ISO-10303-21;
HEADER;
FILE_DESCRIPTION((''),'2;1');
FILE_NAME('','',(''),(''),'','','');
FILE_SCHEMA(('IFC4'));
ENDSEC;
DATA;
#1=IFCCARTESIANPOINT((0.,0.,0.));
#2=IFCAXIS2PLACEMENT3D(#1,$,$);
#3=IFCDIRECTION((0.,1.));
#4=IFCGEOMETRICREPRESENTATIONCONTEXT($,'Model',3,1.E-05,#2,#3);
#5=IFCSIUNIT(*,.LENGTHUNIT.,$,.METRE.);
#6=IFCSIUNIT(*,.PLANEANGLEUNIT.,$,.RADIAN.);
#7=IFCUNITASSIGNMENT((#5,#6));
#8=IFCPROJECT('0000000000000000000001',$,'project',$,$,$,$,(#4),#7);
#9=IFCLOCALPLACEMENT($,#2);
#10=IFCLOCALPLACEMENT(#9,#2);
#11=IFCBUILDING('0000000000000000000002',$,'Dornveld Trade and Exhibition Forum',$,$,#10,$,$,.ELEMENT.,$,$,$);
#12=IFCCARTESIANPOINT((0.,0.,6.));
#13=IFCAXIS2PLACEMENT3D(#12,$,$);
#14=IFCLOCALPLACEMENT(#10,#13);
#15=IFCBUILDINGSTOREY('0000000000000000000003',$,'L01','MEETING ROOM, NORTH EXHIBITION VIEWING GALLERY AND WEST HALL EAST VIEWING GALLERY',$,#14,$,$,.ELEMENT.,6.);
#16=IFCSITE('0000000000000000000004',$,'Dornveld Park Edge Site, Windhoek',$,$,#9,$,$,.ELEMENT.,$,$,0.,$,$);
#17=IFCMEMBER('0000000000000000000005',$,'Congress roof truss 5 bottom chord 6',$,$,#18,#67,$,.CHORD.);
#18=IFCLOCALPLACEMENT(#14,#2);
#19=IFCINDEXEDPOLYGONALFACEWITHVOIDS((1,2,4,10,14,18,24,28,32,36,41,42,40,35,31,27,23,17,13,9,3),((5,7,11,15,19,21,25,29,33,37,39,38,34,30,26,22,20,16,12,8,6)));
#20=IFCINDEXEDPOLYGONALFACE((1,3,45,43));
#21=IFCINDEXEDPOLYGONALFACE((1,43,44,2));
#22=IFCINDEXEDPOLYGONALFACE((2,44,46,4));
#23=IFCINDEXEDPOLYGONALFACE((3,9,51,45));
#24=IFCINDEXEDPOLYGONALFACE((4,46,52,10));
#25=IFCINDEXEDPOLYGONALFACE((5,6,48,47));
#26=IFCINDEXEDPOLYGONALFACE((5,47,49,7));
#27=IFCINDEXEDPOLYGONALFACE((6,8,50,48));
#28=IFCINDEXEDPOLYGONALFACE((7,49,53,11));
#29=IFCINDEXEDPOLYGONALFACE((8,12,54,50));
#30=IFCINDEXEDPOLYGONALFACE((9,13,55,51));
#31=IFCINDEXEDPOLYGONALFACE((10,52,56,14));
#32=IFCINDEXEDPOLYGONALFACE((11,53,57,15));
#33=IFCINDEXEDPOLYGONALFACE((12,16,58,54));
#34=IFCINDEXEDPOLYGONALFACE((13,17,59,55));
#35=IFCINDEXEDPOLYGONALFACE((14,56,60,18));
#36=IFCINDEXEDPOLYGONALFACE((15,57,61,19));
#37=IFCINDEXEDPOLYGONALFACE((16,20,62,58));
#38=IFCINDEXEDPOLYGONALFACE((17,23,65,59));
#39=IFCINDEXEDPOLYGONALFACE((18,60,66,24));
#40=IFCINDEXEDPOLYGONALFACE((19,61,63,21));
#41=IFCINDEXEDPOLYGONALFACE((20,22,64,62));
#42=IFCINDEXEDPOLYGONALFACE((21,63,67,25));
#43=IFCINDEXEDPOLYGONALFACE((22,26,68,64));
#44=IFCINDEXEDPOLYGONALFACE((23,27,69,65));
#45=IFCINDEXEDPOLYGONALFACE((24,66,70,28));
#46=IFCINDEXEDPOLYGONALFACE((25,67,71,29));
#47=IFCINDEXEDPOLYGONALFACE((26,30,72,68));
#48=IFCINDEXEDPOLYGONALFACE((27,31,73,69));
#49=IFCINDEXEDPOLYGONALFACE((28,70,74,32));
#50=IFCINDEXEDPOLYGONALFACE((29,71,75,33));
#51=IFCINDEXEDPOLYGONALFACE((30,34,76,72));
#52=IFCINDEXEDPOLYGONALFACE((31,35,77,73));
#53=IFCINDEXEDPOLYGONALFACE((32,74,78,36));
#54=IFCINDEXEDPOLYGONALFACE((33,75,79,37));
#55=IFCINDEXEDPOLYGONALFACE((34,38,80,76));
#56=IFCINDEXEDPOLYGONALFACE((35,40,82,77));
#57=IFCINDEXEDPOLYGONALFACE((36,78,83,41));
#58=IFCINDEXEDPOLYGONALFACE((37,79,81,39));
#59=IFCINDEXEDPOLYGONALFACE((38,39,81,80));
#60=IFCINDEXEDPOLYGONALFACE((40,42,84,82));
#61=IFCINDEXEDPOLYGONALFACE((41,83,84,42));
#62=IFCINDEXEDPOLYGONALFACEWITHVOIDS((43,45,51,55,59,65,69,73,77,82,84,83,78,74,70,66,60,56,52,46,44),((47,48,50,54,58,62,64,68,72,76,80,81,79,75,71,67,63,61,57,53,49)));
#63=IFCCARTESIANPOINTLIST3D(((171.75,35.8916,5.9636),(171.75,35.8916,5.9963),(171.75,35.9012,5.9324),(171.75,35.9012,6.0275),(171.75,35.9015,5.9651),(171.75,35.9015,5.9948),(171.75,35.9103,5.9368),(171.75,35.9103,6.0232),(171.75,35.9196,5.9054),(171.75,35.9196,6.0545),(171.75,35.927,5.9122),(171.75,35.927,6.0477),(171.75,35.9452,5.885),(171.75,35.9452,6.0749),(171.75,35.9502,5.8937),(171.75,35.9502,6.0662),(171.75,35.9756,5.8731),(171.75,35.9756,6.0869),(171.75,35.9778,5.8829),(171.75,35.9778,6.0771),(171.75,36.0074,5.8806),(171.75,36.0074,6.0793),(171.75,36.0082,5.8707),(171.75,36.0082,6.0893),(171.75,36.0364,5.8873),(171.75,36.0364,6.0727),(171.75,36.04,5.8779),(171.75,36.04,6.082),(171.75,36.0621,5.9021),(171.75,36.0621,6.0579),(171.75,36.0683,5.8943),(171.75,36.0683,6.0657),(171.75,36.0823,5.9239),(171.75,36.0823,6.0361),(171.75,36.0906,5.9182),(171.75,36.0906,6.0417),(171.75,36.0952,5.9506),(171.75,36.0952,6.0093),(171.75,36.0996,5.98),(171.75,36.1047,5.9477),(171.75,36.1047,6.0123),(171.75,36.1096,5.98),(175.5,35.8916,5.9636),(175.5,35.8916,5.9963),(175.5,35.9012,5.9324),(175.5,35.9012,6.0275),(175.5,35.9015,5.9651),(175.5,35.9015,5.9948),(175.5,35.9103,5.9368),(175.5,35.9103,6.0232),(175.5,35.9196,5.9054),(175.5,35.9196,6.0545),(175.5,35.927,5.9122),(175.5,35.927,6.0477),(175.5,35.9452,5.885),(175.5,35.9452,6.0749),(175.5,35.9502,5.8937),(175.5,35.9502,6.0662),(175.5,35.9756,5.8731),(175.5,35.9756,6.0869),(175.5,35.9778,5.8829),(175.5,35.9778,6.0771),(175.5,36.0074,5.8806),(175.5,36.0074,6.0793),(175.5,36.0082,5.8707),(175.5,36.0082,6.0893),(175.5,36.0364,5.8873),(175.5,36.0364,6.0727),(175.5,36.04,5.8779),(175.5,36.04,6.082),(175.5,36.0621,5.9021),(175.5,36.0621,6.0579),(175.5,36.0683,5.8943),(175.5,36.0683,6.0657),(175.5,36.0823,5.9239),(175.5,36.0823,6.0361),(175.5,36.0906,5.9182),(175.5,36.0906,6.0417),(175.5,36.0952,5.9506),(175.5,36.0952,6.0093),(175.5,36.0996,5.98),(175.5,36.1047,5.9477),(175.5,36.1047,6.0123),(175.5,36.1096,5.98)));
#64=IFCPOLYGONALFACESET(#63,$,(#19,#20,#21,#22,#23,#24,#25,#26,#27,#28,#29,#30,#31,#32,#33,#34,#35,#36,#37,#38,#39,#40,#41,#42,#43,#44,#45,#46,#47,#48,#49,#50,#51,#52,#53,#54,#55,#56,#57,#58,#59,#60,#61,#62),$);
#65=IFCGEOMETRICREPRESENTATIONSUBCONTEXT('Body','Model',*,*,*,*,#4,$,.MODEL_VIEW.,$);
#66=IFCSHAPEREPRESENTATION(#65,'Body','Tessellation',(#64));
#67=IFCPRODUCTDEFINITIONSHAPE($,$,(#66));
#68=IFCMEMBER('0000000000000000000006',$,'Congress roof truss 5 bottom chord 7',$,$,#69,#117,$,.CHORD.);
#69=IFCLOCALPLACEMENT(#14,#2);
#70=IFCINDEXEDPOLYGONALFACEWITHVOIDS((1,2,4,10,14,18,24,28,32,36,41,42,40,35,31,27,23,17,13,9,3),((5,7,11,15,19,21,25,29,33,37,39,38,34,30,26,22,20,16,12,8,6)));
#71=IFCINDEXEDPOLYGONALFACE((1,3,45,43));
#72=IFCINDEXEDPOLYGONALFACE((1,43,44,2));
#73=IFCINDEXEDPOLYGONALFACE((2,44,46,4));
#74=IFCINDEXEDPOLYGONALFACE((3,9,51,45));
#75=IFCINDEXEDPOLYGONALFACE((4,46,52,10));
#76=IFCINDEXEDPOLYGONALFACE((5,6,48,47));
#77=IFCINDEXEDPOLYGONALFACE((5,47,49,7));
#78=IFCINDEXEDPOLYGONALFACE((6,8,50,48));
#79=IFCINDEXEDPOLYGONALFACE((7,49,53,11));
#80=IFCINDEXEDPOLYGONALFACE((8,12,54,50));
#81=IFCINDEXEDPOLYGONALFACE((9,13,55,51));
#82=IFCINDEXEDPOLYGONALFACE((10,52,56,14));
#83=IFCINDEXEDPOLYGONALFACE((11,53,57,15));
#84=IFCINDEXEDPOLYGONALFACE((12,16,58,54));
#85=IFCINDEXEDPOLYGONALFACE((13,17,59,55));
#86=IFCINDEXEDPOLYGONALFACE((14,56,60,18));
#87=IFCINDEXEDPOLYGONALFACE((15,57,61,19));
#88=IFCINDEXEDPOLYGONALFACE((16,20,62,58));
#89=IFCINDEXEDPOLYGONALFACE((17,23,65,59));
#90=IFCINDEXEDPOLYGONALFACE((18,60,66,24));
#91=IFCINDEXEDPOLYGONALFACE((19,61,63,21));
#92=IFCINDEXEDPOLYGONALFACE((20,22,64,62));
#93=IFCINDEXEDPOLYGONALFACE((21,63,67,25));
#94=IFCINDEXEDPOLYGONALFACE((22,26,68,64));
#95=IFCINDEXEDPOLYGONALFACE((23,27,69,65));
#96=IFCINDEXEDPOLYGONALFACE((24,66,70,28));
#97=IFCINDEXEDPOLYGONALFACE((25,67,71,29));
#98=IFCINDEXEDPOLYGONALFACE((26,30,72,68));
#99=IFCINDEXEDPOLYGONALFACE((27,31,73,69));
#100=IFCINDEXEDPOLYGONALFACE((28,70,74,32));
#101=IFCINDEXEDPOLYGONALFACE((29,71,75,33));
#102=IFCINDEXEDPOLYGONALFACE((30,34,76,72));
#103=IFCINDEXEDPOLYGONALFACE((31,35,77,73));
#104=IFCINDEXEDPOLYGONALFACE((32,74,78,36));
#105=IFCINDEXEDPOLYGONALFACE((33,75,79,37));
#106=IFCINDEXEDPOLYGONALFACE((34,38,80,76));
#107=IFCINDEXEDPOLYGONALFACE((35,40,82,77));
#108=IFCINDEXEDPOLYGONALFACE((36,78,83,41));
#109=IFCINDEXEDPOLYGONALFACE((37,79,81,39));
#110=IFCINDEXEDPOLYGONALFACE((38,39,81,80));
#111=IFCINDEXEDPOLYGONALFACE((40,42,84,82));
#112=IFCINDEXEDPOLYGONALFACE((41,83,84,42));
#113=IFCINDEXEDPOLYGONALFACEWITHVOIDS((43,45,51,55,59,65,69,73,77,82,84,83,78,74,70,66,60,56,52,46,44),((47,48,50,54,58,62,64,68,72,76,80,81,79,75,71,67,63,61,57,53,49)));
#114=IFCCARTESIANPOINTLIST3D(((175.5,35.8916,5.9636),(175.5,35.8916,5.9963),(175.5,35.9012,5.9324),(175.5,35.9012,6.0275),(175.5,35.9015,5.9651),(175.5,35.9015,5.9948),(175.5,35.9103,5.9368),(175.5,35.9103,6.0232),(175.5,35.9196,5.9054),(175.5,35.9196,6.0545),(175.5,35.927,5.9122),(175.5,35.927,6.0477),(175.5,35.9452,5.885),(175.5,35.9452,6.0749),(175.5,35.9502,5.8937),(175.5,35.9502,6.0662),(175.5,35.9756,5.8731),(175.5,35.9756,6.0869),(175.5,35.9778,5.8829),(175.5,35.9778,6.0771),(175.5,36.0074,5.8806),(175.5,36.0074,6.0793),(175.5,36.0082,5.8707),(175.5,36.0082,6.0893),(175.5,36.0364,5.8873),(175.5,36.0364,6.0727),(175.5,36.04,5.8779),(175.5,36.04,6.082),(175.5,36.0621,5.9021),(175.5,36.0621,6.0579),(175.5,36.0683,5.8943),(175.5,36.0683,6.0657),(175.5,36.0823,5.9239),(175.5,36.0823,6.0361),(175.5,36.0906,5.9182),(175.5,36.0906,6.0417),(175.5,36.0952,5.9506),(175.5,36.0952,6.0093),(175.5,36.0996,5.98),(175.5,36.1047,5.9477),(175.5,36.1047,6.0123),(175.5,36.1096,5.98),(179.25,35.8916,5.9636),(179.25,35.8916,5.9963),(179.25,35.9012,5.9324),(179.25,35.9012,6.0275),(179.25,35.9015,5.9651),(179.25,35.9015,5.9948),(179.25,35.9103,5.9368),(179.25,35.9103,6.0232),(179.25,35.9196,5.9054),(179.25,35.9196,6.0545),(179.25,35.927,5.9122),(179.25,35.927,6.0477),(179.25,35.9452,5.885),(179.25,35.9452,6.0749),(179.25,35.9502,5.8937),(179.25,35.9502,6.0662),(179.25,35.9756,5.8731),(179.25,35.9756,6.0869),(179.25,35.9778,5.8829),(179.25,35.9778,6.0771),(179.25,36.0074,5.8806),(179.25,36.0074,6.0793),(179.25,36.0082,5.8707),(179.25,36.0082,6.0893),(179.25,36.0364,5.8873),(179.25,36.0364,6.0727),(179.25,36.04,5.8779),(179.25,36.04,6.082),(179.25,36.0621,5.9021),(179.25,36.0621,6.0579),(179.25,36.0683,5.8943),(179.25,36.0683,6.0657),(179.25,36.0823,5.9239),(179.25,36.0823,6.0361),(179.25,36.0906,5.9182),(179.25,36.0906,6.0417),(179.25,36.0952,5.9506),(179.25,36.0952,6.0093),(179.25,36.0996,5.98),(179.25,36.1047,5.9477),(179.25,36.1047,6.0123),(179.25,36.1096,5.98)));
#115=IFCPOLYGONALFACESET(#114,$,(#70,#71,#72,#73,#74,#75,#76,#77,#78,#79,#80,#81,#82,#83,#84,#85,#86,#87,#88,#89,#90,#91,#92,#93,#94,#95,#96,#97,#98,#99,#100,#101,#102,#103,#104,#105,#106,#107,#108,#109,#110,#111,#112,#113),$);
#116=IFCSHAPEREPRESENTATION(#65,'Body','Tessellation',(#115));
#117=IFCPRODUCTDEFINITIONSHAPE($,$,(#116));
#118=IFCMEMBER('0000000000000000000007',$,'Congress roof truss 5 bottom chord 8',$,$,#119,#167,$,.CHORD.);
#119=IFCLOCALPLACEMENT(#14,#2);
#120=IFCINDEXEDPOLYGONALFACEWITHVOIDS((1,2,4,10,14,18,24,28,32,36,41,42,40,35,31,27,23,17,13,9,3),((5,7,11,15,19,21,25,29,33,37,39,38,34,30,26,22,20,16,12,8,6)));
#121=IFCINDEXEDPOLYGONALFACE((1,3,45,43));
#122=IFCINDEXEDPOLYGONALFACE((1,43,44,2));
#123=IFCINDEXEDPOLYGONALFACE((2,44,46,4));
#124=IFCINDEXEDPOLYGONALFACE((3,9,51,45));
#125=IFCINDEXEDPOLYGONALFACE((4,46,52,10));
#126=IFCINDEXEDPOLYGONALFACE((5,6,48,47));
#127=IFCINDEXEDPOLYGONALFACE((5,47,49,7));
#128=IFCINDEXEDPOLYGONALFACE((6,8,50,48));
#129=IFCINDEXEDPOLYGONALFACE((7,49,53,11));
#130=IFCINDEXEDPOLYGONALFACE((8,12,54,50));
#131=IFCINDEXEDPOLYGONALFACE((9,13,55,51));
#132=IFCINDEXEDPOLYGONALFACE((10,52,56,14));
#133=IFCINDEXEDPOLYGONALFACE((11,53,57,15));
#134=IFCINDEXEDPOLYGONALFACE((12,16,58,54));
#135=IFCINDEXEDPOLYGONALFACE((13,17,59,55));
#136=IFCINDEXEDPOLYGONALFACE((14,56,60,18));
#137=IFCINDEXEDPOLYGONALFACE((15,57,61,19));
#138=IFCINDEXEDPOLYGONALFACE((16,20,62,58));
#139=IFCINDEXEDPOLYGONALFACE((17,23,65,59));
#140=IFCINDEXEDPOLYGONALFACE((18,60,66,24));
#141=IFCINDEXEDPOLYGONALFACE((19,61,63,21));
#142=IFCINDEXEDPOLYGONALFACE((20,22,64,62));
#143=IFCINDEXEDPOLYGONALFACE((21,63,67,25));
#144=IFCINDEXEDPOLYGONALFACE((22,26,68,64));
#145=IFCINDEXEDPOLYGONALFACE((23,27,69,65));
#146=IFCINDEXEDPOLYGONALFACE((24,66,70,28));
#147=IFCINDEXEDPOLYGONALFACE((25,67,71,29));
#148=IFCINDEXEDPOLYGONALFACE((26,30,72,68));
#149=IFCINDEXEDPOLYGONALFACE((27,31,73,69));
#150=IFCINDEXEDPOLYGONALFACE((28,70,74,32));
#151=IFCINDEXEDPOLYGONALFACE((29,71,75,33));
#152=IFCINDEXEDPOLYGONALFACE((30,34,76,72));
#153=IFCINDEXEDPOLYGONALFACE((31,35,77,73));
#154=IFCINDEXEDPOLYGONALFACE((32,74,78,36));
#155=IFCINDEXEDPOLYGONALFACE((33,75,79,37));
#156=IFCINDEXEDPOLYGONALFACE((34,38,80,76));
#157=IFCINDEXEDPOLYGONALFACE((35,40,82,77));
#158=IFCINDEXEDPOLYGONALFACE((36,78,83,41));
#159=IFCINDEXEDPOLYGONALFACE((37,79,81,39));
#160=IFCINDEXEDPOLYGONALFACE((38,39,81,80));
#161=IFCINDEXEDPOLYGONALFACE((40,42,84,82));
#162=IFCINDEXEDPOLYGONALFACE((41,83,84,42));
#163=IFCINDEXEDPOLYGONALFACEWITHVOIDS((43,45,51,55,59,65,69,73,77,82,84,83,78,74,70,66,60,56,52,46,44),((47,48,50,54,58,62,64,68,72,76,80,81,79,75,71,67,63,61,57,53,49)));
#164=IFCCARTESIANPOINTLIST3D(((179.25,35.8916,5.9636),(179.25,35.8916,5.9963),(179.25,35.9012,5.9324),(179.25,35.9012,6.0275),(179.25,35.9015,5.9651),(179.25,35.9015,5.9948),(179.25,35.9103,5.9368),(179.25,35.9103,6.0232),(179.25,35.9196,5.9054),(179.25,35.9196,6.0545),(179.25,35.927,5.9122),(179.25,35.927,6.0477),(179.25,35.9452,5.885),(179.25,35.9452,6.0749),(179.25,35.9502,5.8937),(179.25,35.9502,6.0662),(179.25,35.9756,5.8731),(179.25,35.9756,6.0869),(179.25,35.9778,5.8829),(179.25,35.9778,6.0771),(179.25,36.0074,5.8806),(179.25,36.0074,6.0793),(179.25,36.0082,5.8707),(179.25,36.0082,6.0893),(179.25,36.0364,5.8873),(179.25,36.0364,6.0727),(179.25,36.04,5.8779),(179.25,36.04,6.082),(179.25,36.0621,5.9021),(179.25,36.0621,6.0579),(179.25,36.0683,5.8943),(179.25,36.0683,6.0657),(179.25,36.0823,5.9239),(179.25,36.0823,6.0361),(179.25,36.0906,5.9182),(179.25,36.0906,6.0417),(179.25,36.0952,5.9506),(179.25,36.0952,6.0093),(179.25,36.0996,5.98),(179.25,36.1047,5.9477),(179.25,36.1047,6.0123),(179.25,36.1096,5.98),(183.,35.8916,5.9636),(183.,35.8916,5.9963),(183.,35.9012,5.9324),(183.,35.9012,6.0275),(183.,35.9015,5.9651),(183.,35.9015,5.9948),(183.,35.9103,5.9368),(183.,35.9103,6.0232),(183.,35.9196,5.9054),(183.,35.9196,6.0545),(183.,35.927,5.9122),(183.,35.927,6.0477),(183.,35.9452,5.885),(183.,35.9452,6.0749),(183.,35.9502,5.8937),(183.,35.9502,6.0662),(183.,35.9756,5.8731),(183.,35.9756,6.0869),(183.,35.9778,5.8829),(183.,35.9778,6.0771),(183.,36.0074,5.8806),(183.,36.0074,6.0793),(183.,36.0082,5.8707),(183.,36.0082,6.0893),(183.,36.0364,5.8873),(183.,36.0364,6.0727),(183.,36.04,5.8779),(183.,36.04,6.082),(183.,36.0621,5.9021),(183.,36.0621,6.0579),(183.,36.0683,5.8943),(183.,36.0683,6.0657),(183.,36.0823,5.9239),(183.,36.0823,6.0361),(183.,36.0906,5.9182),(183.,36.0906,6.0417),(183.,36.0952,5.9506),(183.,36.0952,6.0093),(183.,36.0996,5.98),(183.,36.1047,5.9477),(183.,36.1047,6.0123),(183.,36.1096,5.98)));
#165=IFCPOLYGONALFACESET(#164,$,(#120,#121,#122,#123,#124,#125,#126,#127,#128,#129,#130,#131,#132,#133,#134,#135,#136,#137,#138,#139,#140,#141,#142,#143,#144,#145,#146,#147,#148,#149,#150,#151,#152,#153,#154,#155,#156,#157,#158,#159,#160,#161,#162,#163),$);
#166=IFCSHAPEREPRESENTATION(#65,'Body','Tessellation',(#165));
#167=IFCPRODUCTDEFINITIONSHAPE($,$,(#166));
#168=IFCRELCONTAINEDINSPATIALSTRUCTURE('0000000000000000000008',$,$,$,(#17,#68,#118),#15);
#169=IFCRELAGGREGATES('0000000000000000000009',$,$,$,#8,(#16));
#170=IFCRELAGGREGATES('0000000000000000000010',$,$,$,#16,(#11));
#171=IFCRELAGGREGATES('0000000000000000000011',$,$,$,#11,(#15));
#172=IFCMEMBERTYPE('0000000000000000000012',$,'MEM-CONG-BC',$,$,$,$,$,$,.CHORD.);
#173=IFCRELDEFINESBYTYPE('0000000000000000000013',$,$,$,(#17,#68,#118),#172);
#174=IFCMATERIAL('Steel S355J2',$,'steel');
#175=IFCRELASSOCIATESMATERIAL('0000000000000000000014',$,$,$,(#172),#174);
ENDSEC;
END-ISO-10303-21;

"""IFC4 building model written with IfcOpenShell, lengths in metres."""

from ifc_helpers import new_model, si_unit, direction, frame, origin, origin_2d, place, context, subcontext, project, spatial, hollow_circle, extrude, material, material_profile, profile_set, type_object, element, save


model = new_model("IFC4")

# Units and contexts
model_context = context("Model", 3, precision=1e-05, world=origin(), true_north=direction((0.0, 1.0)))
body_context = subcontext(model_context, "Body", "Model", "MODEL_VIEW")
ifc_project = project(units=[si_unit("LENGTHUNIT", "METRE"), si_unit("PLANEANGLEUNIT", "RADIAN")], contexts=[model_context])

# Site, building, storey
site_placement = place(None, origin())
site = spatial("IfcSite", under=ifc_project, at=site_placement, Name="Dornveld Park Edge Site, Windhoek", CompositionType="ELEMENT", RefElevation=0.0)
building_placement = place(site_placement, origin())
building = spatial("IfcBuilding", under=site, at=building_placement, Name="Dornveld Trade and Exhibition Forum", CompositionType="ELEMENT")
storey_placement = place(building_placement, frame((0.0, 0.0, 6.0)))
storey = spatial("IfcBuildingStorey", under=building, at=storey_placement, Name="L01", Description="MEETING ROOM, NORTH EXHIBITION VIEWING GALLERY AND WEST HALL EAST VIEWING GALLERY", CompositionType="ELEMENT", Elevation=6.0)

# Members
ifc_material_1 = material(Name="Steel S355J2", Category="steel")
ifc_material_profile_1 = material_profile(ifc_material_1, hollow_circle(Radius=0.1096, WallThickness=0.01, at=origin_2d()), Name="CHS 219.1x10")
ifc_profile_set_1 = profile_set([ifc_material_profile_1], Name="Steel S355J2")
member_type_1 = type_object("IfcMemberType", Name="MEM-CONG-BC", PredefinedType="CHORD", material=ifc_profile_set_1)
for number, where, z_axis, x_axis, name in (
    (1, (171.75, 36.0, 5.98), (1.0, 0.0, 0.0), (0.0, 1.0, 0.0), "Congress roof truss 5 bottom chord 6"),
    (2, (175.5, 36.0, 5.98), (1.0, 0.0, 0.0), (0.0, 1.0, 0.0), "Congress roof truss 5 bottom chord 7"),
    (3, (179.25, 36.0, 5.98), (1.0, 0.0, 0.0), (0.0, 1.0, 0.0), "Congress roof truss 5 bottom chord 8"),
):
    element("IfcMember", number, at=place(storey_placement, frame(where, z_axis=z_axis, x_axis=x_axis)), inside=storey, type_object=member_type_1, Name=name, PredefinedType="CHORD", context=body_context, shape_type="SweptSolid", body=[
        extrude(hollow_circle(Radius=0.1096, WallThickness=0.01, at=origin_2d()), origin(), (0.0, 0.0, 1.0), 3.75),
    ])

save(model, "model.ifc")
